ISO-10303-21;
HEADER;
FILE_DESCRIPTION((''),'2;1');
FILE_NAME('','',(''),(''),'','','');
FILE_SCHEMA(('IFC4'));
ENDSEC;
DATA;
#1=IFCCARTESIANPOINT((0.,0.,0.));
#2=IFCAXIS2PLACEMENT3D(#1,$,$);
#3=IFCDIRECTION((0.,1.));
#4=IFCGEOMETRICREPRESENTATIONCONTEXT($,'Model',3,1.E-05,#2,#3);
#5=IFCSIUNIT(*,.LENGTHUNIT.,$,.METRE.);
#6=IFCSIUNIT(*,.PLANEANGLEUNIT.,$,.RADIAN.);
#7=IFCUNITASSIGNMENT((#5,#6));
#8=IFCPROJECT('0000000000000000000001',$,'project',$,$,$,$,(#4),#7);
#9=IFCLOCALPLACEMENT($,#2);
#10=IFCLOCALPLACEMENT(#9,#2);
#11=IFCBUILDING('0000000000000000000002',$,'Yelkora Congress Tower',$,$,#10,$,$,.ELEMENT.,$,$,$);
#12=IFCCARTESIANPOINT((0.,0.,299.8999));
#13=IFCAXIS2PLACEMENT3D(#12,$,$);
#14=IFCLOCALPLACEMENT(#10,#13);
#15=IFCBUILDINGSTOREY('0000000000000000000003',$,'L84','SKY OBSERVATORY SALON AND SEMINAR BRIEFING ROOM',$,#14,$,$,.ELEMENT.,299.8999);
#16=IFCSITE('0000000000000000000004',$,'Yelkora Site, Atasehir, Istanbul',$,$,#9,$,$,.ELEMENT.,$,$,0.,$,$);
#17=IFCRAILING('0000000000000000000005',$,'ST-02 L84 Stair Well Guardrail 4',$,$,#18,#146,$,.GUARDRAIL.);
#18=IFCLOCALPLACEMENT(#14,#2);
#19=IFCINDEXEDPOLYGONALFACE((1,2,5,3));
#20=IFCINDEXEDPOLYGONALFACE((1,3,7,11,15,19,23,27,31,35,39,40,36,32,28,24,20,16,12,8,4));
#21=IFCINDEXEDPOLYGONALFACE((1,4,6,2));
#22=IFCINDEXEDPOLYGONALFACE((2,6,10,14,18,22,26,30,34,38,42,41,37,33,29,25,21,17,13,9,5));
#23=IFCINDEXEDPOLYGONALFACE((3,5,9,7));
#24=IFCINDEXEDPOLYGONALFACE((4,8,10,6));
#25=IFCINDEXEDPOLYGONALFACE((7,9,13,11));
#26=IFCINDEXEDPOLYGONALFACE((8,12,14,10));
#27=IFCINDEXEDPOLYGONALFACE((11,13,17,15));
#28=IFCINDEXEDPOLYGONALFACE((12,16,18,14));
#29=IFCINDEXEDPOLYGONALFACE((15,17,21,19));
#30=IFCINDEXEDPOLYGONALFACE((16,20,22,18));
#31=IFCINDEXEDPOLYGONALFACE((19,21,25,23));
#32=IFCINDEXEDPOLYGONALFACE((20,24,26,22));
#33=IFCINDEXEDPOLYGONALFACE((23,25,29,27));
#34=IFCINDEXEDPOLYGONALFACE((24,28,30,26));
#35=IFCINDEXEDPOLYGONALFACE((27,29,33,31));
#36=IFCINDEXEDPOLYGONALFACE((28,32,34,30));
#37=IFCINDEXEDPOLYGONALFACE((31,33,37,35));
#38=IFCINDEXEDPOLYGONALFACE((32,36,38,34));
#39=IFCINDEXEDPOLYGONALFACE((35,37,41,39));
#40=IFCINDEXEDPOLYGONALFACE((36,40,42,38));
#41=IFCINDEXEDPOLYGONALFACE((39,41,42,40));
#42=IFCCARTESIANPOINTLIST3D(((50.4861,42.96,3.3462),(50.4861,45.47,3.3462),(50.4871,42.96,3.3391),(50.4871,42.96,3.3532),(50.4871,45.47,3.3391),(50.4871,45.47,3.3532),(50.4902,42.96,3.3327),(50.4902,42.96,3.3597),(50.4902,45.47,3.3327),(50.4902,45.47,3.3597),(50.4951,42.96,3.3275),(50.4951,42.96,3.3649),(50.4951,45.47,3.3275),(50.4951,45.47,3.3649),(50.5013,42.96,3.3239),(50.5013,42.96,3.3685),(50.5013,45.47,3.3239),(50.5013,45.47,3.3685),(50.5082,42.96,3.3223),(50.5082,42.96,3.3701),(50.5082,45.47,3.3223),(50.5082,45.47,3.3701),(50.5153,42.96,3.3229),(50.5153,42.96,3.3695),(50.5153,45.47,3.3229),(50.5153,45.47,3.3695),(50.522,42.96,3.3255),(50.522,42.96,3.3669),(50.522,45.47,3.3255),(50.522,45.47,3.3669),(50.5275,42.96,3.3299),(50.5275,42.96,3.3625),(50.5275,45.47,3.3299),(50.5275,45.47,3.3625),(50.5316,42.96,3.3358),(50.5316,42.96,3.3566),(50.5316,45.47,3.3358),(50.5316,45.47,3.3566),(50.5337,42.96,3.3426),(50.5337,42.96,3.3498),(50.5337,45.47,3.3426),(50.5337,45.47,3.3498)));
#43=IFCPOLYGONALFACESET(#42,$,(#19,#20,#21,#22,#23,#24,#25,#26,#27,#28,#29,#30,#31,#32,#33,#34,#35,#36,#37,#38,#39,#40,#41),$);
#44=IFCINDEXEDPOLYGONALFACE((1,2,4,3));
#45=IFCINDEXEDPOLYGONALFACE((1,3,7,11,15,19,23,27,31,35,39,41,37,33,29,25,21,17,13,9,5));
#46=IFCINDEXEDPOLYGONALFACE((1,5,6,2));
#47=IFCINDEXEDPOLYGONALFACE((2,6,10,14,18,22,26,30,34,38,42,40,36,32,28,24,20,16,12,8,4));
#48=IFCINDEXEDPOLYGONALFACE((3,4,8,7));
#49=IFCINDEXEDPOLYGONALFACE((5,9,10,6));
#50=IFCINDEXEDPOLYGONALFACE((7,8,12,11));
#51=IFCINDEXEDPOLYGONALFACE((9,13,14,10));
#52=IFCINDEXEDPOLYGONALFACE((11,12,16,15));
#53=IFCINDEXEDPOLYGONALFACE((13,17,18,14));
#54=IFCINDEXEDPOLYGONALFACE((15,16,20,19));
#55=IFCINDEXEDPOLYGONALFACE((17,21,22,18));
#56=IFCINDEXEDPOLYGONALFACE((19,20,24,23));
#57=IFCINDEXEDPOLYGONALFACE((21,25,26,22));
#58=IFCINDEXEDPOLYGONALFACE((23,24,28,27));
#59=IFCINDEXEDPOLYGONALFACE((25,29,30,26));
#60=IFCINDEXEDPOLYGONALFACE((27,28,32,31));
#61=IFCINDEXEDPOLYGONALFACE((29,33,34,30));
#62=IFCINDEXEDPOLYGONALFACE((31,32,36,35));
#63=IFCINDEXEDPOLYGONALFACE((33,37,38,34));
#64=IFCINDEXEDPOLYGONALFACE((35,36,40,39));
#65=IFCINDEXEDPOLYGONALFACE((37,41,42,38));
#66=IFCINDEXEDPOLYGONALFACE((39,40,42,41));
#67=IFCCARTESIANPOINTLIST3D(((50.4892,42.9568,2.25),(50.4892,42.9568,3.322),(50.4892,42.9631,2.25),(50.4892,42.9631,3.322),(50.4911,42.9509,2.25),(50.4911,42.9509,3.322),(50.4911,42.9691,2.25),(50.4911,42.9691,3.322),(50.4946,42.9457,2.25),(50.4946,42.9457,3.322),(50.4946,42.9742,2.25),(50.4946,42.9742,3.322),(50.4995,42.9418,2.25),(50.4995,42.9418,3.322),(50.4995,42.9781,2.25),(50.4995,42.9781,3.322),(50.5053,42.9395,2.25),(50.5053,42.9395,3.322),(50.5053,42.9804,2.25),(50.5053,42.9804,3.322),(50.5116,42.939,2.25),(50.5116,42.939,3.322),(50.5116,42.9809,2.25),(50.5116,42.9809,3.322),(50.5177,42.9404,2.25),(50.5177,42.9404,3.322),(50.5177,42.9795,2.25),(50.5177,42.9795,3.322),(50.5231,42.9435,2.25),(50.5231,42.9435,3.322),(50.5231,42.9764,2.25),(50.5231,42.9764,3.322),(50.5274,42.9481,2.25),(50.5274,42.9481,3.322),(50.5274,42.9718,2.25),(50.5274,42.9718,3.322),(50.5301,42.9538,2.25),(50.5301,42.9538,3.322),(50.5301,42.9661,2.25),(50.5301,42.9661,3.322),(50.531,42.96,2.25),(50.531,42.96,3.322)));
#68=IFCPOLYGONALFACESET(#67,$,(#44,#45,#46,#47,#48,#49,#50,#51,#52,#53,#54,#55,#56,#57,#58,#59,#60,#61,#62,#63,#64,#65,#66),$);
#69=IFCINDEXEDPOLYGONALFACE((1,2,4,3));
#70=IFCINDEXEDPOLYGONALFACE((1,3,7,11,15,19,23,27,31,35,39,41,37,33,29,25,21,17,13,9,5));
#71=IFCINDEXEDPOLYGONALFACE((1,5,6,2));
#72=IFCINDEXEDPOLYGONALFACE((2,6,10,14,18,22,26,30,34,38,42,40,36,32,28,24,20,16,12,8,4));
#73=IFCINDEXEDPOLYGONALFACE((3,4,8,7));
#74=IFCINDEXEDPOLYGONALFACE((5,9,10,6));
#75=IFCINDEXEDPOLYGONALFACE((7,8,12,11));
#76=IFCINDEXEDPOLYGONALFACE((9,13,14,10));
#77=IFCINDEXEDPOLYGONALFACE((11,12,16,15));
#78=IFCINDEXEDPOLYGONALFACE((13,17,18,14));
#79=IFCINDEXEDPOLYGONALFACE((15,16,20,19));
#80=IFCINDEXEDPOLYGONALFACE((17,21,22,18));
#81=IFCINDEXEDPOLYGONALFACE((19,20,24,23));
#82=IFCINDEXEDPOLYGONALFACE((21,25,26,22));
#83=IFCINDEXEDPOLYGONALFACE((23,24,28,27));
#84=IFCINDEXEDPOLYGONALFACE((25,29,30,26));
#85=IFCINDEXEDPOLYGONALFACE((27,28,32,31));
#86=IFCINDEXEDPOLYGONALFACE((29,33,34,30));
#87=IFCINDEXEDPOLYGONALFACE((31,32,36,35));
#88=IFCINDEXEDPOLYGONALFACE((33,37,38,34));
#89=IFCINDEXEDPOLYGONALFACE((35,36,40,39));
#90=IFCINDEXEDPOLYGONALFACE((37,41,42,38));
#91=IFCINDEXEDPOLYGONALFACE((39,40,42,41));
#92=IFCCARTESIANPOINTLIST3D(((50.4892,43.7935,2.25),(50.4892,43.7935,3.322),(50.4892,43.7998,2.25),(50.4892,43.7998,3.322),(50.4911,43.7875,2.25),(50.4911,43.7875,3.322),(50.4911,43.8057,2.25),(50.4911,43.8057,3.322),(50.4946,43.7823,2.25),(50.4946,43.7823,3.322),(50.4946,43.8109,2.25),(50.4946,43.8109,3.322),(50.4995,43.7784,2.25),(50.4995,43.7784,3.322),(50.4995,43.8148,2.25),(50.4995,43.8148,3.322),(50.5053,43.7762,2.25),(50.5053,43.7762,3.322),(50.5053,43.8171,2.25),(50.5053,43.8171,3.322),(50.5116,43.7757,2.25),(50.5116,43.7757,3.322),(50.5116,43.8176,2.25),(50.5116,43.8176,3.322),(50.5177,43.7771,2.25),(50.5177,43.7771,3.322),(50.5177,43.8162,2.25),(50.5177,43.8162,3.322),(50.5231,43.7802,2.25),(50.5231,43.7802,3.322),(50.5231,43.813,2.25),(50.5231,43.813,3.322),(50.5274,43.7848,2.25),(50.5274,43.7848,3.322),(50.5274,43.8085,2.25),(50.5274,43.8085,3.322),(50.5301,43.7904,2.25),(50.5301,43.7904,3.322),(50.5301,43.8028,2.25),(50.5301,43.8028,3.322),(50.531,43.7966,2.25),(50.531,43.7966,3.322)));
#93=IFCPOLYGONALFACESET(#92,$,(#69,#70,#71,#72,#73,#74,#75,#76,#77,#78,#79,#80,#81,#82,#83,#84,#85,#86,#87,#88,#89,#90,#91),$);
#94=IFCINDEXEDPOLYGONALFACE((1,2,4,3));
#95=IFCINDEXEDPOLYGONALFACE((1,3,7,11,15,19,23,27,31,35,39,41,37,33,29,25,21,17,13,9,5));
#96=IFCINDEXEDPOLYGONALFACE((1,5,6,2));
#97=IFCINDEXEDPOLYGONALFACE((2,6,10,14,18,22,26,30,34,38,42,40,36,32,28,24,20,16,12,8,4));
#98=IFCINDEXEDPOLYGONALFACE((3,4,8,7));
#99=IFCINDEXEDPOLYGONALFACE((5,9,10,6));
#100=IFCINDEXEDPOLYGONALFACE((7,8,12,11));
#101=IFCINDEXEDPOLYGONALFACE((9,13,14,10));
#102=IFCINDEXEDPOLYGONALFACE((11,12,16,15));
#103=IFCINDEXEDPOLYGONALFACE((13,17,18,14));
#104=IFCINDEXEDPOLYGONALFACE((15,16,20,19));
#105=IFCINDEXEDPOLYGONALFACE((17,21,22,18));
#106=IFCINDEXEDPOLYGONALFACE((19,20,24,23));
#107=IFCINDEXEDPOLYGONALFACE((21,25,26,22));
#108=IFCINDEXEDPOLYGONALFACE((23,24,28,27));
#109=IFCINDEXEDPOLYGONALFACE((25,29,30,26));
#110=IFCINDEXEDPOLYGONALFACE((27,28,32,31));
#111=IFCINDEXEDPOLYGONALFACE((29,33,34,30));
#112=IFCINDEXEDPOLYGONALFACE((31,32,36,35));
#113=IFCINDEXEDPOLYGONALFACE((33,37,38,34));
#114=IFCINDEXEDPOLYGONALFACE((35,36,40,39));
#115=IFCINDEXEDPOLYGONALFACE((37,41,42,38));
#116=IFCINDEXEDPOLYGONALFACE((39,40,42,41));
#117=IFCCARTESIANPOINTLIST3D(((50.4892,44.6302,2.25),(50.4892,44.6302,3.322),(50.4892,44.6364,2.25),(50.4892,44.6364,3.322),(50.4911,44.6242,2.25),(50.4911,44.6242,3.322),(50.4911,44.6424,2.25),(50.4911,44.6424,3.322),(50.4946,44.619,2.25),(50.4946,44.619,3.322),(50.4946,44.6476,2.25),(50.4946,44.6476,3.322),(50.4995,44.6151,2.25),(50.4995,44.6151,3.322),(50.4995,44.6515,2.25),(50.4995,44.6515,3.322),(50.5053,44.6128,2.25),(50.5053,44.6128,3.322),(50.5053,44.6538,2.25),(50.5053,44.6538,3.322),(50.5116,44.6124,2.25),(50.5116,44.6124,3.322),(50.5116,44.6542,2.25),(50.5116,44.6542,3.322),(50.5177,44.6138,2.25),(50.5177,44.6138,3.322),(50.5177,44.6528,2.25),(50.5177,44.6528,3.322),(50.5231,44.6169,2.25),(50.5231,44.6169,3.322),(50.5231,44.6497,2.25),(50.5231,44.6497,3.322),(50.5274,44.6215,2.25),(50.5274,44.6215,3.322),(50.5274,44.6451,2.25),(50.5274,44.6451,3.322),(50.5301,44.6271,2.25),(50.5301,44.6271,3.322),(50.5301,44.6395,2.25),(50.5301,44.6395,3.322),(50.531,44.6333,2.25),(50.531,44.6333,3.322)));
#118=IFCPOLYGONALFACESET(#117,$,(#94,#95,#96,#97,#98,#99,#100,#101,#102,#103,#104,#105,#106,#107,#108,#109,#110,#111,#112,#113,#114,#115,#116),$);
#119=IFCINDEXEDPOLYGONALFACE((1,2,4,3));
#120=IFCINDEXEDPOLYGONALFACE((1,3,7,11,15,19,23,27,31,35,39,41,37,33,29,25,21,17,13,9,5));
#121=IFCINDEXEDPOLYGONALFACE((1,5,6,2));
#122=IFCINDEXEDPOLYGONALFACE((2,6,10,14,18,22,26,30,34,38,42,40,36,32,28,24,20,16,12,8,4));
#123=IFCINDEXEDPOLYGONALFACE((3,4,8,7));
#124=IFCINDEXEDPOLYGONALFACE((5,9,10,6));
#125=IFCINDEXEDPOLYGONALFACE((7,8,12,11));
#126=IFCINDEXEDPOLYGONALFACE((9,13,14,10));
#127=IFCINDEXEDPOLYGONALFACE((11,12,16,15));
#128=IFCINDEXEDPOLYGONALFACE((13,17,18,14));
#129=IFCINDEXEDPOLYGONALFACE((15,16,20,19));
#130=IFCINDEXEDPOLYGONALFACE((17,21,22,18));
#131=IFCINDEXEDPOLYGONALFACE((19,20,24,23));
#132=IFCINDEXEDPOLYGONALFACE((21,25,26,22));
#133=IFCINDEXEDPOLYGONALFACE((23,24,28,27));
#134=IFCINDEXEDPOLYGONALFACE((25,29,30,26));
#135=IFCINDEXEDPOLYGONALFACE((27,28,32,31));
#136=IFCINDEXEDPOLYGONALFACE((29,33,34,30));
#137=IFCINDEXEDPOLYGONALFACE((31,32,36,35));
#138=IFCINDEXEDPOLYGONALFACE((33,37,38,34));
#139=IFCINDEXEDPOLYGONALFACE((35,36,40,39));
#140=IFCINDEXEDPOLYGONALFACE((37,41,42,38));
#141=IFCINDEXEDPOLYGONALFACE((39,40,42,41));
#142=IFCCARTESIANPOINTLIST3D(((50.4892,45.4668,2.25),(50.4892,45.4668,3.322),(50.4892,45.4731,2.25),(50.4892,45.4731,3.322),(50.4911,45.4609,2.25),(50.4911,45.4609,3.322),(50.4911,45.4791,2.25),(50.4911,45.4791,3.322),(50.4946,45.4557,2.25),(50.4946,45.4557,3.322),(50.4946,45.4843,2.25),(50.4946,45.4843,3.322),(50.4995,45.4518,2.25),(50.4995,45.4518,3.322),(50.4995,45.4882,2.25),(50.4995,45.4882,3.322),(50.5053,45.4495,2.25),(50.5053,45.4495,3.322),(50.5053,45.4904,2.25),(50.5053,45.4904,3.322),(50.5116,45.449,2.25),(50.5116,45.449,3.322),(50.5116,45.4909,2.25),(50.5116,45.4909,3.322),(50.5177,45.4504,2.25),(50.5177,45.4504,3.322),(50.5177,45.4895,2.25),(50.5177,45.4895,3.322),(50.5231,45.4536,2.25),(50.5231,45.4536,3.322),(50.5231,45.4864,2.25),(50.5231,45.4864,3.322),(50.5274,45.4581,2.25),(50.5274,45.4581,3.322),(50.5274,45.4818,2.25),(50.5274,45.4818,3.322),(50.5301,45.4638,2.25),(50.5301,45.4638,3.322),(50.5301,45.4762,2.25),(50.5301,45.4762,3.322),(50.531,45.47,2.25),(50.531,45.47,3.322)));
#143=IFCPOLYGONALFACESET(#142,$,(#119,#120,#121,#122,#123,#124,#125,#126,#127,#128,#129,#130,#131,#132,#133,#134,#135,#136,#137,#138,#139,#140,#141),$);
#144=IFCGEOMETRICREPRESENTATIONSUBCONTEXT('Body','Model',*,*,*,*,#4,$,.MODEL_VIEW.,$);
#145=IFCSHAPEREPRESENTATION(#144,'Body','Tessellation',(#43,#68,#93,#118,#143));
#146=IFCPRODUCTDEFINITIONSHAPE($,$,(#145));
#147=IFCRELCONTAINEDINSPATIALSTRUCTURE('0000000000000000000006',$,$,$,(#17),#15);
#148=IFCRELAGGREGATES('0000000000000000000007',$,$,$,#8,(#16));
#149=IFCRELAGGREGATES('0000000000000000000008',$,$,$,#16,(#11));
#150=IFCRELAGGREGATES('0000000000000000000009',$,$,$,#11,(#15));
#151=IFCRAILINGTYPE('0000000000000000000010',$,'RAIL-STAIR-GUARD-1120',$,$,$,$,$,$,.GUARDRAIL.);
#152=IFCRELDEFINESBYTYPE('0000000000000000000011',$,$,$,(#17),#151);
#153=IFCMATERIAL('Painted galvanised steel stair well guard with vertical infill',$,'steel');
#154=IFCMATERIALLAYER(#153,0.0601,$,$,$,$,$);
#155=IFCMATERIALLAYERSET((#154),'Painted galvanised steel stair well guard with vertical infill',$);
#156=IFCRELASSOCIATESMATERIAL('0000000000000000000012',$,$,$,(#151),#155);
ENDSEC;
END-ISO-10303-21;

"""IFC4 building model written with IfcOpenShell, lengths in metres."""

from ifc_helpers import new_model, si_unit, direction, frame, origin, origin_2d, place, context, subcontext, project, spatial, circle, extrude, material, layer, layer_set, type_object, element, save


model = new_model("IFC4")

# Units and contexts
model_context = context("Model", 3, precision=1e-05, world=origin(), true_north=direction((0.0, 1.0)))
body_context = subcontext(model_context, "Body", "Model", "MODEL_VIEW")
ifc_project = project(units=[si_unit("LENGTHUNIT", "METRE"), si_unit("PLANEANGLEUNIT", "RADIAN")], contexts=[model_context])

# Site, building, storey
site_placement = place(None, origin())
site = spatial("IfcSite", under=ifc_project, at=site_placement, Name="Yelkora Site, Atasehir, Istanbul", CompositionType="ELEMENT", RefElevation=0.0)
building_placement = place(site_placement, origin())
building = spatial("IfcBuilding", under=site, at=building_placement, Name="Yelkora Congress Tower", CompositionType="ELEMENT")
storey_placement = place(building_placement, frame((0.0, 0.0, 299.8999)))
storey = spatial("IfcBuildingStorey", under=building, at=storey_placement, Name="L84", Description="SKY OBSERVATORY SALON AND SEMINAR BRIEFING ROOM", CompositionType="ELEMENT", Elevation=299.8999)

# Railing
ifc_material_1 = material(Name="Painted galvanised steel stair well guard with vertical infill", Category="steel")
ifc_layer_1 = layer(ifc_material_1, 0.0601)
ifc_layer_set_1 = layer_set([ifc_layer_1], Name="Painted galvanised steel stair well guard with vertical infill")
railing_type_1 = type_object("IfcRailingType", Name="RAIL-STAIR-GUARD-1120", PredefinedType="GUARDRAIL", material=ifc_layer_set_1)
railing_1_placement = place(storey_placement, frame((50.51, 42.96, 2.25)))
element("IfcRailing", 1, at=railing_1_placement, inside=storey, type_object=railing_type_1, Name="ST-02 L84 Stair Well Guardrail 4", PredefinedType="GUARDRAIL", context=body_context, shape_type="SweptSolid", body=[
    extrude(circle(Radius=0.0239, at=origin_2d()), frame((0.0, 0.0, 1.0962), z_axis=(0.0, 1.0, 0.0), x_axis=(-1.0, 0.0, 0.0)), (0.0, 0.0, 1.0), 2.51),
    extrude(circle(Radius=0.021, at=origin_2d()), origin(), (0.0, 0.0, 1.0), 1.072),
    extrude(circle(Radius=0.021, at=origin_2d()), frame((0.0, 0.8367, 0.0)), (0.0, 0.0, 1.0), 1.072),
    extrude(circle(Radius=0.021, at=origin_2d()), frame((0.0, 1.6733, 0.0)), (0.0, 0.0, 1.0), 1.072),
    extrude(circle(Radius=0.021, at=origin_2d()), frame((0.0, 2.51, 0.0)), (0.0, 0.0, 1.0), 1.072),
])

save(model, "model.ifc")
